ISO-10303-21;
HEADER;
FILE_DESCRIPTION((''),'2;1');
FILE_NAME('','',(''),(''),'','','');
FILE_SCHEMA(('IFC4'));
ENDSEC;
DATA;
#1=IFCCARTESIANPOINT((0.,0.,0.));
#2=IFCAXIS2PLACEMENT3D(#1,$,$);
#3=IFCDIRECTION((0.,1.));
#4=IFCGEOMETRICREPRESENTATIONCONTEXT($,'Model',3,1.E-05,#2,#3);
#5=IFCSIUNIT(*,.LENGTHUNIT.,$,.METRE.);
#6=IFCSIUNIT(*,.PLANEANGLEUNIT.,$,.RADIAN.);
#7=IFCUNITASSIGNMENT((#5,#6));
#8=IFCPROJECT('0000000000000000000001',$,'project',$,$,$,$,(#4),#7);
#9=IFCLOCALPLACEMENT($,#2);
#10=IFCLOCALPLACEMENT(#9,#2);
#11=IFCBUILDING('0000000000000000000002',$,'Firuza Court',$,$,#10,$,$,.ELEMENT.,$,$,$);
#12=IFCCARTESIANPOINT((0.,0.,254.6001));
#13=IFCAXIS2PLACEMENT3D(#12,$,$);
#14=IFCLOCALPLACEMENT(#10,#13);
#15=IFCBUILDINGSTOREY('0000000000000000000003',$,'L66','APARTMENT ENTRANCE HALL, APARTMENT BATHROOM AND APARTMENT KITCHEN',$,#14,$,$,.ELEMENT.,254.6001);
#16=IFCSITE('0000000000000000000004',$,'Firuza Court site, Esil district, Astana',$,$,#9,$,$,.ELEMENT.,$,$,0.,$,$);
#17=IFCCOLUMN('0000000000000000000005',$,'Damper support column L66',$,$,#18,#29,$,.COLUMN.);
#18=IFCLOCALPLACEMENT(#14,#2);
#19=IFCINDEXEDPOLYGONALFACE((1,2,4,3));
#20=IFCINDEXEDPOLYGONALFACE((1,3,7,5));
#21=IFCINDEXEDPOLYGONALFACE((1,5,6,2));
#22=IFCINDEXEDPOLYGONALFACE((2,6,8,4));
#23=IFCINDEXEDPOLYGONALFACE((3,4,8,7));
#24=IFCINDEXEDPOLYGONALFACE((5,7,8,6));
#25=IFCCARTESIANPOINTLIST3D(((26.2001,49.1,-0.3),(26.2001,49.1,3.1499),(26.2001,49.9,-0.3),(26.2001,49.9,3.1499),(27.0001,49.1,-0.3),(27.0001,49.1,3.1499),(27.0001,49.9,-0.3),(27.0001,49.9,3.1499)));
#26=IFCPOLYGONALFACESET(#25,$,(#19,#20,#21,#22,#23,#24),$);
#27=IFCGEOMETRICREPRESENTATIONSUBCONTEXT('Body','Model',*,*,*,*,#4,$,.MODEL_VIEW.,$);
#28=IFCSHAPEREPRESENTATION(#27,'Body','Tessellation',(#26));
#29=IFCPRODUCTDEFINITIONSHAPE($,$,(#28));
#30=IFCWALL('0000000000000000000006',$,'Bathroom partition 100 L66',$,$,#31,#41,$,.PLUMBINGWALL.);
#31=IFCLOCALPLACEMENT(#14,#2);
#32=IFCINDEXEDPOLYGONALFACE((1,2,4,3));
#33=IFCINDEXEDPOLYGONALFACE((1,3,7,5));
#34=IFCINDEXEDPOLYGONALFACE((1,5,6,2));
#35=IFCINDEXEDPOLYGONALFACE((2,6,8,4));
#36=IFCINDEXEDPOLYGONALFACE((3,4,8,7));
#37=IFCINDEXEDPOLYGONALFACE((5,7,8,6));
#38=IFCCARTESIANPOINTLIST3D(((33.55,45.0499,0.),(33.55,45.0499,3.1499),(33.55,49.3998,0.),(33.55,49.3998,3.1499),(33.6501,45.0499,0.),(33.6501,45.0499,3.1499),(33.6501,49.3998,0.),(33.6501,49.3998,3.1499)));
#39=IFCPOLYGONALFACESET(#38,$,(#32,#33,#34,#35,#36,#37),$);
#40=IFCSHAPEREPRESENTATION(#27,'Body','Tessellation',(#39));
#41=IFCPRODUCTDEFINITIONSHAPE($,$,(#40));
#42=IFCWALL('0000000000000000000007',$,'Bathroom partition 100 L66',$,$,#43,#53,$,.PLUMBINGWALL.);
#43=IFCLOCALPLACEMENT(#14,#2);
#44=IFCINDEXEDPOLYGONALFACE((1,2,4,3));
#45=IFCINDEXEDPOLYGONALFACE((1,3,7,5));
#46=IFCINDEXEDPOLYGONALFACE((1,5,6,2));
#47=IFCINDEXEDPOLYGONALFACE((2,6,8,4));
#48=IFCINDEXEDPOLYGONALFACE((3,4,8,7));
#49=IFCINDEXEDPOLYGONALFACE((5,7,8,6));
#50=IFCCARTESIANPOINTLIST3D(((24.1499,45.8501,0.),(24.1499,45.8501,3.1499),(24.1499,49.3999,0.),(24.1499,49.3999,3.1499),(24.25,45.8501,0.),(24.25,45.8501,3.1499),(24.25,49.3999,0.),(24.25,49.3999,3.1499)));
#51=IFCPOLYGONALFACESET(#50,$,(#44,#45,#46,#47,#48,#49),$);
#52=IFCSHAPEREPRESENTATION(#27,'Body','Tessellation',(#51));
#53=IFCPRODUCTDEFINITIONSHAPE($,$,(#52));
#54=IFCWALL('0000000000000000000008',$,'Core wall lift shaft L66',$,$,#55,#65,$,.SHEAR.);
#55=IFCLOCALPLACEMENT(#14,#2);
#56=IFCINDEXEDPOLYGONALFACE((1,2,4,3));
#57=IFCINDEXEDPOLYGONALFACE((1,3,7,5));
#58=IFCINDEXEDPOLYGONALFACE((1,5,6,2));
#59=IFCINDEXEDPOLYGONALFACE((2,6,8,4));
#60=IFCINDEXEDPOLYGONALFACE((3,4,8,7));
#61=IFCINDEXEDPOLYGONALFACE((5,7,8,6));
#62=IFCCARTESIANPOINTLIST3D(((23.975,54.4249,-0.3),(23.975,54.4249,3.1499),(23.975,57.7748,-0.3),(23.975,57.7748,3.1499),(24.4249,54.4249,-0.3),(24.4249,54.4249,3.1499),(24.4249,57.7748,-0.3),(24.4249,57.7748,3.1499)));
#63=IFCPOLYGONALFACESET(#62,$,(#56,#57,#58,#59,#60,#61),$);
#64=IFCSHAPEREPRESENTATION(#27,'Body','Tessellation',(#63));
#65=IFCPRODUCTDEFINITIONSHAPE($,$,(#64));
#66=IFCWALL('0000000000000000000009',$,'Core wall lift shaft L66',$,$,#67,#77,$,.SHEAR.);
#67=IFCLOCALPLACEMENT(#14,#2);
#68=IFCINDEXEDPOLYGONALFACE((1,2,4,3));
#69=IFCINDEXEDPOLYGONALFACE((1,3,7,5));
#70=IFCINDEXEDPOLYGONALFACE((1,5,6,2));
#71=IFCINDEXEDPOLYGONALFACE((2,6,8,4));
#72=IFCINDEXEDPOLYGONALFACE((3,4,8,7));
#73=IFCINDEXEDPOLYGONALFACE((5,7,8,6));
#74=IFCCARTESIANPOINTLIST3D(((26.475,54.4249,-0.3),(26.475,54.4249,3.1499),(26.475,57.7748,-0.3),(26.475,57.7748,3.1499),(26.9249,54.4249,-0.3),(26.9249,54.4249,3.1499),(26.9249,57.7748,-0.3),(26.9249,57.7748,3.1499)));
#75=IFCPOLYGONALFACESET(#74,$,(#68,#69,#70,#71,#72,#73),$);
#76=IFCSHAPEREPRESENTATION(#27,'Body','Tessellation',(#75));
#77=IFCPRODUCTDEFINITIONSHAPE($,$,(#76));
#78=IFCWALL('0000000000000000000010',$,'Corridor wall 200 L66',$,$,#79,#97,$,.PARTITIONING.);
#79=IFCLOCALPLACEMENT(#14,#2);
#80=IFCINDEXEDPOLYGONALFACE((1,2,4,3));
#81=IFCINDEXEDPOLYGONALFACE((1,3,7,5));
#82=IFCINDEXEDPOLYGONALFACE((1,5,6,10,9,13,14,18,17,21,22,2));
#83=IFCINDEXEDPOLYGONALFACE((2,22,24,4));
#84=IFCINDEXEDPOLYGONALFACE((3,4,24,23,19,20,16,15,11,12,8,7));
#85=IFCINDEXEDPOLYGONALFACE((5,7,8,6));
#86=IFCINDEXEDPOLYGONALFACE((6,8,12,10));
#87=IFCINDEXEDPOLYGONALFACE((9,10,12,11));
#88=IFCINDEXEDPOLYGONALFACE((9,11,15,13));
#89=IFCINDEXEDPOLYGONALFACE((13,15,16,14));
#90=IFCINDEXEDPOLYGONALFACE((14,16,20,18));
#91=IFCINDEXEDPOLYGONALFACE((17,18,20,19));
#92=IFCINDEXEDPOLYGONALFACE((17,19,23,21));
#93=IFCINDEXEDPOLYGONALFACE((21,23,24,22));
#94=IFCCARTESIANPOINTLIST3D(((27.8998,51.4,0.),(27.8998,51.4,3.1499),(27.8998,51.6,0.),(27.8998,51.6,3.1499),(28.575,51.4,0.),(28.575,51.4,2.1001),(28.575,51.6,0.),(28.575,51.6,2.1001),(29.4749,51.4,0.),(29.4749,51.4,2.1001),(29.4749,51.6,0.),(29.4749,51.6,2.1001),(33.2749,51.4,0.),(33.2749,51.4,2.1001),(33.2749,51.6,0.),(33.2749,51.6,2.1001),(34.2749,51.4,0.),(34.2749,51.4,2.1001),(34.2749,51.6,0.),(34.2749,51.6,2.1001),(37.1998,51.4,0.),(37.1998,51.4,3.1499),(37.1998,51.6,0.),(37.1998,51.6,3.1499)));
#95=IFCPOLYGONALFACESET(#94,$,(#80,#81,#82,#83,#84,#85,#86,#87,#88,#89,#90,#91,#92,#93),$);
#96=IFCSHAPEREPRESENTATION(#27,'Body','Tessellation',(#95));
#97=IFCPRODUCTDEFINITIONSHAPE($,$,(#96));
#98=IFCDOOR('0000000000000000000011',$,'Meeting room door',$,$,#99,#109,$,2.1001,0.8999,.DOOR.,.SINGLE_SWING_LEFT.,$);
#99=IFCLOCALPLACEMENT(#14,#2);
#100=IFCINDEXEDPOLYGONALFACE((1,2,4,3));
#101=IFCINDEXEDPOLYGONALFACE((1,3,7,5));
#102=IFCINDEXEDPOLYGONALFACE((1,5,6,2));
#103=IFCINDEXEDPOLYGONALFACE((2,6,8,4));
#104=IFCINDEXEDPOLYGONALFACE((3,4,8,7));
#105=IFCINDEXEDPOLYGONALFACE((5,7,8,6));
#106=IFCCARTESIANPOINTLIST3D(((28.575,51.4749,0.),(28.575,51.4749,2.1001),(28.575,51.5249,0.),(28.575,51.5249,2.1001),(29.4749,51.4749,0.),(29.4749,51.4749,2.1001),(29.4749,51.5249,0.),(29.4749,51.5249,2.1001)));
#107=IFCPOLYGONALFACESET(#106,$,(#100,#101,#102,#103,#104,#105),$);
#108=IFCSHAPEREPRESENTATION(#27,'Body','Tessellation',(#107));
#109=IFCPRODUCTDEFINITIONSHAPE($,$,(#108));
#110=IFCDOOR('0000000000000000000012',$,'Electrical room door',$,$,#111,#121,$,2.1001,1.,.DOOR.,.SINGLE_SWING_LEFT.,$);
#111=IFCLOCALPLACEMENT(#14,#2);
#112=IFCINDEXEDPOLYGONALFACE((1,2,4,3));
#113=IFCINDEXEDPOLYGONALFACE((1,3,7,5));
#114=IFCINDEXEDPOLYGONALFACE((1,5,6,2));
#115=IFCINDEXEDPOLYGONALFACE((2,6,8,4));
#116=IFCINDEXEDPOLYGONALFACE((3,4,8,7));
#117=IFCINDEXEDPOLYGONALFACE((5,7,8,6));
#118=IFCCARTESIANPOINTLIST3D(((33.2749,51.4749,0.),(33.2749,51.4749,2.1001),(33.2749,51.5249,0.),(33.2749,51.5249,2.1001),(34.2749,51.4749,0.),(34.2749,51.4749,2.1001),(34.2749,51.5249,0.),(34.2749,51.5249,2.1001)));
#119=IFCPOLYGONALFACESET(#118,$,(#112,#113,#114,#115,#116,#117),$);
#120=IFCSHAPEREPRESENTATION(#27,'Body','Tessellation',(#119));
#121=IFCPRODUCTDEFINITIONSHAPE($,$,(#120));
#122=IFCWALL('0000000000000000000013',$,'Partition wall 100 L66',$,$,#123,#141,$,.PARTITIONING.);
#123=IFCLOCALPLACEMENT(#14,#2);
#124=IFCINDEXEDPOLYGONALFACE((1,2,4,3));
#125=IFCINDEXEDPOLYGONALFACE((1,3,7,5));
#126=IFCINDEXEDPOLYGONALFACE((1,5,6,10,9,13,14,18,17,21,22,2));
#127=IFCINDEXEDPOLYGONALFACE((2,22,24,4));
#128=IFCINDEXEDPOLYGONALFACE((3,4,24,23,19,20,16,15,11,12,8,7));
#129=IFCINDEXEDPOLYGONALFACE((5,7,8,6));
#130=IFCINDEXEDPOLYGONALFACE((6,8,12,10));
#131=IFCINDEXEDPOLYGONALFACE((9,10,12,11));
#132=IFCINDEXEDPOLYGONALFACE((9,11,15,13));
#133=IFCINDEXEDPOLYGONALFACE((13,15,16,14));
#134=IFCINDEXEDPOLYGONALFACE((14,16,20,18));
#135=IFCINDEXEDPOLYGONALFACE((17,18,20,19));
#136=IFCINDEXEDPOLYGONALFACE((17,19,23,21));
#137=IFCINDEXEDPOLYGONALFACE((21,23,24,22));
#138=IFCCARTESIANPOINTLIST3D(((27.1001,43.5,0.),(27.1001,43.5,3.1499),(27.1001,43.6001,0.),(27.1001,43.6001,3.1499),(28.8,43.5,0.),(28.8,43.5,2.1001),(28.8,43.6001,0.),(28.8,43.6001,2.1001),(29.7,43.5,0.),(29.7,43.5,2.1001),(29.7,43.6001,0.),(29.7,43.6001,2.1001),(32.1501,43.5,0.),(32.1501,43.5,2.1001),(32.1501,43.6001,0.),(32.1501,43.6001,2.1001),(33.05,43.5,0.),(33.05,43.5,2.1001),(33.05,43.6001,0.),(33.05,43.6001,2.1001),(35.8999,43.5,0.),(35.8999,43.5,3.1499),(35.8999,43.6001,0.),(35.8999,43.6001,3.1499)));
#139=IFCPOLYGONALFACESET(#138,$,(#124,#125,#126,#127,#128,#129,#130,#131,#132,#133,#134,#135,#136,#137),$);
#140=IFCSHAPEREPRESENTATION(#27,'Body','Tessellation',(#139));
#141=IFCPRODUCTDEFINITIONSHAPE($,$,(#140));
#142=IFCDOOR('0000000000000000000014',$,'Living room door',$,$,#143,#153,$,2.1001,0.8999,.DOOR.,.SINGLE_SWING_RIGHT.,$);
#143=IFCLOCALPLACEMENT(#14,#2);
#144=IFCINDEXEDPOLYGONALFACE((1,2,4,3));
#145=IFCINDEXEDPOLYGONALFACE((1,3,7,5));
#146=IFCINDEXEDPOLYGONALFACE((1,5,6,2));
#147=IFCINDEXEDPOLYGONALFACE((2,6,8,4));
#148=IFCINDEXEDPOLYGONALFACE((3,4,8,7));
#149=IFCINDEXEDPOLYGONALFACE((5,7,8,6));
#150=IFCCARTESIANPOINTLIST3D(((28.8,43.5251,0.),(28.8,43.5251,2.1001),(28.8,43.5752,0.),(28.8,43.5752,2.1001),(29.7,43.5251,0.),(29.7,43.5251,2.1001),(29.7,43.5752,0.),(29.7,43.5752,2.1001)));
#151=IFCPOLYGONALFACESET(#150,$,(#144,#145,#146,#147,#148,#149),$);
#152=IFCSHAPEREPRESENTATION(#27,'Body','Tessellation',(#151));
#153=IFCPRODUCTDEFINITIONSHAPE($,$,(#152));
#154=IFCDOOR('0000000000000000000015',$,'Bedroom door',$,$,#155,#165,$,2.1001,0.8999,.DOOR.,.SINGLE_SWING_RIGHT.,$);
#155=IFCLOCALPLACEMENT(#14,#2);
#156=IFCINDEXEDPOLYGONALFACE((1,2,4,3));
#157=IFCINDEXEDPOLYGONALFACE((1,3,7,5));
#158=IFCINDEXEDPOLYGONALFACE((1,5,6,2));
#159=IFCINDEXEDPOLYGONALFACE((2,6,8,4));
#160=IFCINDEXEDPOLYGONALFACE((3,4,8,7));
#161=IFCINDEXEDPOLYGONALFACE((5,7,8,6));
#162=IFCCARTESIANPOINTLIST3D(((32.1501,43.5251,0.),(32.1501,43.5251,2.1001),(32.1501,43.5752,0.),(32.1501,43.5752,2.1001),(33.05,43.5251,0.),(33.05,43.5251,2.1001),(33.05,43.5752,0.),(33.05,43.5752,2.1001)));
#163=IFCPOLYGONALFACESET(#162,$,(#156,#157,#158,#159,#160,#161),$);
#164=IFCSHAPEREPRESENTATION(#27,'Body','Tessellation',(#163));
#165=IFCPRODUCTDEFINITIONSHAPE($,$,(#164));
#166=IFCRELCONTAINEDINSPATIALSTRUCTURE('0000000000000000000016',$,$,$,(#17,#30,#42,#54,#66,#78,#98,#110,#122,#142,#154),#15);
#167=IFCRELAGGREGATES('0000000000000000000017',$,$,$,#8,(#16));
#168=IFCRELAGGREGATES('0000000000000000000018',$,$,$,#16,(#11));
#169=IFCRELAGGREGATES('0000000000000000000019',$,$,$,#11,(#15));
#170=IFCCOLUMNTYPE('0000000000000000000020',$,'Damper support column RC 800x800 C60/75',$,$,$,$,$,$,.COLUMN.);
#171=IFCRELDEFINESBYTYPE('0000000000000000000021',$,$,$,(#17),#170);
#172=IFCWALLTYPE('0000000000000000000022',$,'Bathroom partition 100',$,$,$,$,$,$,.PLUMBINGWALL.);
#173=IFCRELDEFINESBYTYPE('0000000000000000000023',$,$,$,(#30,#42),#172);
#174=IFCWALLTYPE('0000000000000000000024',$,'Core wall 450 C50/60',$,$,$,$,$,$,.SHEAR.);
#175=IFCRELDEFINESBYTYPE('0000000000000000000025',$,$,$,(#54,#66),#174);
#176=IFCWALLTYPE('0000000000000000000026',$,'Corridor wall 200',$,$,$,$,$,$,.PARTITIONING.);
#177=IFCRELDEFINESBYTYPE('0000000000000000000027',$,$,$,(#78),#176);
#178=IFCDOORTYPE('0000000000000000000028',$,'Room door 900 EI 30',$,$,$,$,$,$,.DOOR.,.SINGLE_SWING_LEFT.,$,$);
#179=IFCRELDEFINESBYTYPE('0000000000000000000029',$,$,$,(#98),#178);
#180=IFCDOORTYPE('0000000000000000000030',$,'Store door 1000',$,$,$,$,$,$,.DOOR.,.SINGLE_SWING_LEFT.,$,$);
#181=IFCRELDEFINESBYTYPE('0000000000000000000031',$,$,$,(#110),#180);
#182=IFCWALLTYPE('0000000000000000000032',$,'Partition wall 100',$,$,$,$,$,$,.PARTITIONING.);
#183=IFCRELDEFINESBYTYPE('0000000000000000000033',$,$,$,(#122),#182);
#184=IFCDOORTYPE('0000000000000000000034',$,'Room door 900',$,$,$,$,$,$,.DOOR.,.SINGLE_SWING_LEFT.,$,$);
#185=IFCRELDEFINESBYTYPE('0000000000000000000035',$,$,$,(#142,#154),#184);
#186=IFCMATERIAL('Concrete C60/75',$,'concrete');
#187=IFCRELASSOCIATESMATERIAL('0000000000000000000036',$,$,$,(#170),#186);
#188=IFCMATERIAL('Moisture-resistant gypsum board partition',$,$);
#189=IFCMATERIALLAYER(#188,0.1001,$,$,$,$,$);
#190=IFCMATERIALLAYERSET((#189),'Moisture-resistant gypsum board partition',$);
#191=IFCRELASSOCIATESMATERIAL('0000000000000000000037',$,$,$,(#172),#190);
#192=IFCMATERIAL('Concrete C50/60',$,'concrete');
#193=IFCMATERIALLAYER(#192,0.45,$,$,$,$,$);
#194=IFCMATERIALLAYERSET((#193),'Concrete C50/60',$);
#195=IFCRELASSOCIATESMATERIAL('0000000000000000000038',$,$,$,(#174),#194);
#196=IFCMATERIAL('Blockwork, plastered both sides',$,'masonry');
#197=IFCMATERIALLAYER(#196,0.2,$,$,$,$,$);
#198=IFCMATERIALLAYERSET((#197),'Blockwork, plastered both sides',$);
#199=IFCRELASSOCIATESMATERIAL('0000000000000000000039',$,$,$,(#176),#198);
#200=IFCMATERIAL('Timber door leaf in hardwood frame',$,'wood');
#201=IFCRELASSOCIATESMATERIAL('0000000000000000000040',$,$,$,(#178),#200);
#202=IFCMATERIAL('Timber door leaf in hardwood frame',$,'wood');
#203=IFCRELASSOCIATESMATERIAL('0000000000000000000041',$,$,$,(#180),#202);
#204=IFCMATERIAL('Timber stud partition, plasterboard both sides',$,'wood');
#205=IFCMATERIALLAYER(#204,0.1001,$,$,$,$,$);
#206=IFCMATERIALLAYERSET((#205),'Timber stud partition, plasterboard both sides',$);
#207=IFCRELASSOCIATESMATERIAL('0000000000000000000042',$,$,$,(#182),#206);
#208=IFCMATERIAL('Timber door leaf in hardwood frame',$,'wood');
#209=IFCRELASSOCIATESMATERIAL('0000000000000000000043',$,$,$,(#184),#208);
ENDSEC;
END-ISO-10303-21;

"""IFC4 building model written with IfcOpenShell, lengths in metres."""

from ifc_helpers import new_model, si_unit, direction, frame, frame_2d, origin, origin_2d, place, context, subcontext, project, spatial, rectangle, extrude, material, layer, layer_set, material_profile, profile_set, type_object, element, fill, save


model = new_model("IFC4")

# Units and contexts
model_context = context("Model", 3, precision=1e-05, world=origin(), true_north=direction((0.0, 1.0)))
body_context = subcontext(model_context, "Body", "Model", "MODEL_VIEW")
ifc_project = project(units=[si_unit("LENGTHUNIT", "METRE"), si_unit("PLANEANGLEUNIT", "RADIAN")], contexts=[model_context])

# Site, building, storey
site_placement = place(None, origin())
site = spatial("IfcSite", under=ifc_project, at=site_placement, Name="Firuza Court site, Esil district, Astana", CompositionType="ELEMENT", RefElevation=0.0)
building_placement = place(site_placement, origin())
building = spatial("IfcBuilding", under=site, at=building_placement, Name="Firuza Court", CompositionType="ELEMENT")
storey_placement = place(building_placement, frame((0.0, 0.0, 254.6001)))
storey = spatial("IfcBuildingStorey", under=building, at=storey_placement, Name="L66", Description="APARTMENT ENTRANCE HALL, APARTMENT BATHROOM AND APARTMENT KITCHEN", CompositionType="ELEMENT", Elevation=254.6001)

# Column
ifc_material_1 = material(Name="Concrete C60/75", Category="concrete")
ifc_material_profile = material_profile(ifc_material_1, rectangle(XDim=0.8, YDim=0.8, at=origin_2d()), Name="RC 800x800")
ifc_profile_set = profile_set([ifc_material_profile], Name="Concrete C60/75")
column_type = type_object("IfcColumnType", Name="Damper support column RC 800x800 C60/75", PredefinedType="COLUMN", material=ifc_profile_set)
column_placement = place(storey_placement, frame((26.6001, 49.5, -0.3), z_axis=(0.0, 0.0, 1.0), x_axis=(1.0, 0.0, 0.0)))
element("IfcColumn", 1, at=column_placement, inside=storey, type_object=column_type, Name="Damper support column L66", PredefinedType="COLUMN", context=body_context, shape_type="SweptSolid", body=[
    extrude(rectangle(XDim=0.8, YDim=0.8, at=origin_2d()), origin(), (0.0, 0.0, 1.0), 3.45),
])

# Walls
ifc_material_2 = material(Name="Moisture-resistant gypsum board partition")
ifc_layer_1 = layer(ifc_material_2, 0.1001)
ifc_layer_set_1 = layer_set([ifc_layer_1], Name="Moisture-resistant gypsum board partition")
wall_type_1 = type_object("IfcWallType", Name="Bathroom partition 100", PredefinedType="PLUMBINGWALL", material=ifc_layer_set_1)
wall_1_placement = place(storey_placement, frame((33.6001, 45.05, 0.0), z_axis=(0.0, 0.0, 1.0), x_axis=(0.0, 1.0, 0.0)))
element("IfcWall", 2, at=wall_1_placement, inside=storey, type_object=wall_type_1, Name="Bathroom partition 100 L66", PredefinedType="PLUMBINGWALL", context=body_context, shape_type="SweptSolid", body=[
    extrude(rectangle(XDim=4.3499, YDim=0.1001, at=frame_2d((2.1748, 0.0))), origin(), (0.0, 0.0, 1.0), 3.1499),
])
wall_2_placement = place(storey_placement, frame((24.2, 45.8501, 0.0), z_axis=(0.0, 0.0, 1.0), x_axis=(0.0, 1.0, 0.0)))
element("IfcWall", 3, at=wall_2_placement, inside=storey, type_object=wall_type_1, Name="Bathroom partition 100 L66", PredefinedType="PLUMBINGWALL", context=body_context, shape_type="SweptSolid", body=[
    extrude(rectangle(XDim=3.5498, YDim=0.1001, at=frame_2d((1.7749, 0.0))), origin(), (0.0, 0.0, 1.0), 3.1499),
])
ifc_material_3 = material(Name="Concrete C50/60", Category="concrete")
ifc_layer_2 = layer(ifc_material_3, 0.45)
ifc_layer_set_2 = layer_set([ifc_layer_2], Name="Concrete C50/60")
wall_type_2 = type_object("IfcWallType", Name="Core wall 450 C50/60", PredefinedType="SHEAR", material=ifc_layer_set_2)
for number, where, z_axis, x_axis, name in (
    (4, (24.2, 54.425, -0.3), (0.0, 0.0, 1.0), (0.0, 1.0, 0.0), "Core wall lift shaft L66"),
    (5, (26.7, 54.425, -0.3), (0.0, 0.0, 1.0), (0.0, 1.0, 0.0), "Core wall lift shaft L66"),
):
    element("IfcWall", number, at=place(storey_placement, frame(where, z_axis=z_axis, x_axis=x_axis)), inside=storey, type_object=wall_type_2, Name=name, PredefinedType="SHEAR", context=body_context, shape_type="SweptSolid", body=[
        extrude(rectangle(XDim=3.3499, YDim=0.45, at=frame_2d((1.6748, 0.0))), origin(), (0.0, 0.0, 1.0), 3.45),
    ])

# Walls, openings, doors
ifc_material_4 = material(Name="Blockwork, plastered both sides", Category="masonry")
ifc_layer_3 = layer(ifc_material_4, 0.2)
ifc_layer_set_3 = layer_set([ifc_layer_3], Name="Blockwork, plastered both sides")
wall_type_3 = type_object("IfcWallType", Name="Corridor wall 200", PredefinedType="PARTITIONING", material=ifc_layer_set_3)
wall_3_placement = place(storey_placement, frame((27.8999, 51.5, 0.0), z_axis=(0.0, 0.0, 1.0), x_axis=(1.0, 0.0, 0.0)))
wall_3 = element("IfcWall", 6, at=wall_3_placement, inside=storey, type_object=wall_type_3, Name="Corridor wall 200 L66", PredefinedType="PARTITIONING", context=body_context, shape_type="SweptSolid", body=[
    extrude(rectangle(XDim=9.3, YDim=0.2, at=frame_2d((4.6499, 0.0))), origin(), (0.0, 0.0, 1.0), 3.1499),
])
opening_1_placement = place(wall_3_placement, frame((0.675, 0.0, 0.0)))
opening_1 = element("IfcOpeningElement", 7, at=opening_1_placement, cuts=wall_3, PredefinedType="OPENING", context=body_context, shape_type="SweptSolid", body=[
    extrude(rectangle(XDim=0.8999, YDim=2.1001, at=frame_2d((0.45, 1.05))), frame((0.0, 0.1118, 0.0), z_axis=(0.0, -1.0, 0.0), x_axis=(1.0, 0.0, 0.0)), (0.0, 0.0, 1.0), 0.2239),
])
opening_2_placement = place(wall_3_placement, frame((5.375, 0.0, 0.0)))
opening_2 = element("IfcOpeningElement", 8, at=opening_2_placement, cuts=wall_3, PredefinedType="OPENING", context=body_context, shape_type="SweptSolid", body=[
    extrude(rectangle(XDim=1.0, YDim=2.1001, at=frame_2d((0.5, 1.05))), frame((0.0, 0.1118, 0.0), z_axis=(0.0, -1.0, 0.0), x_axis=(1.0, 0.0, 0.0)), (0.0, 0.0, 1.0), 0.2239),
])
ifc_material_5 = material(Name="Timber door leaf in hardwood frame", Category="wood")
door_type_1 = type_object("IfcDoorType", Name="Room door 900 EI 30", OperationType="SINGLE_SWING_LEFT", PredefinedType="DOOR", material=ifc_material_5)
door_1_placement = place(opening_1_placement, origin())
door_1 = element("IfcDoor", 9, at=door_1_placement, inside=storey, type_object=door_type_1, Name="Meeting room door", OperationType="SINGLE_SWING_LEFT", OverallHeight=2.1001, OverallWidth=0.8999, PredefinedType="DOOR", context=body_context, shape_type="SweptSolid", body=[
    extrude(rectangle(XDim=0.8999, YDim=2.1001, at=frame_2d((0.45, 1.05))), frame((0.0, 0.0249, 0.0), z_axis=(0.0, -1.0, 0.0), x_axis=(1.0, 0.0, 0.0)), (0.0, 0.0, 1.0), 0.05),
])
fill(opening_1, door_1)
ifc_material_6 = material(Name="Timber door leaf in hardwood frame", Category="wood")
door_type_2 = type_object("IfcDoorType", Name="Store door 1000", OperationType="SINGLE_SWING_LEFT", PredefinedType="DOOR", material=ifc_material_6)
door_2_placement = place(opening_2_placement, origin())
door_2 = element("IfcDoor", 10, at=door_2_placement, inside=storey, type_object=door_type_2, Name="Electrical room door", OperationType="SINGLE_SWING_LEFT", OverallHeight=2.1001, OverallWidth=1.0, PredefinedType="DOOR", context=body_context, shape_type="SweptSolid", body=[
    extrude(rectangle(XDim=1.0, YDim=2.1001, at=frame_2d((0.5, 1.05))), frame((0.0, 0.0249, 0.0), z_axis=(0.0, -1.0, 0.0), x_axis=(1.0, 0.0, 0.0)), (0.0, 0.0, 1.0), 0.05),
])
fill(opening_2, door_2)
ifc_material_7 = material(Name="Timber stud partition, plasterboard both sides", Category="wood")
ifc_layer_4 = layer(ifc_material_7, 0.1001)
ifc_layer_set_4 = layer_set([ifc_layer_4], Name="Timber stud partition, plasterboard both sides")
wall_type_4 = type_object("IfcWallType", Name="Partition wall 100", PredefinedType="PARTITIONING", material=ifc_layer_set_4)
wall_4_placement = place(storey_placement, frame((27.1001, 43.55, 0.0), z_axis=(0.0, 0.0, 1.0), x_axis=(1.0, 0.0, 0.0)))
wall_4 = element("IfcWall", 11, at=wall_4_placement, inside=storey, type_object=wall_type_4, Name="Partition wall 100 L66", PredefinedType="PARTITIONING", context=body_context, shape_type="SweptSolid", body=[
    extrude(rectangle(XDim=8.7998, YDim=0.1001, at=frame_2d((4.3999, 0.0))), origin(), (0.0, 0.0, 1.0), 3.1499),
])
opening_3_placement = place(wall_4_placement, frame((1.7, 0.0, 0.0)))
opening_3 = element("IfcOpeningElement", 12, at=opening_3_placement, cuts=wall_4, PredefinedType="OPENING", context=body_context, shape_type="SweptSolid", body=[
    extrude(rectangle(XDim=0.8999, YDim=2.1001, at=frame_2d((0.45, 1.05))), frame((0.0, 0.062, 0.0), z_axis=(0.0, -1.0, 0.0), x_axis=(1.0, 0.0, 0.0)), (0.0, 0.0, 1.0), 0.124),
])
opening_4_placement = place(wall_4_placement, frame((5.05, 0.0, 0.0)))
opening_4 = element("IfcOpeningElement", 13, at=opening_4_placement, cuts=wall_4, PredefinedType="OPENING", context=body_context, shape_type="SweptSolid", body=[
    extrude(rectangle(XDim=0.8999, YDim=2.1001, at=frame_2d((0.45, 1.05))), frame((0.0, 0.062, 0.0), z_axis=(0.0, -1.0, 0.0), x_axis=(1.0, 0.0, 0.0)), (0.0, 0.0, 1.0), 0.124),
])
ifc_material_8 = material(Name="Timber door leaf in hardwood frame", Category="wood")
door_type_3 = type_object("IfcDoorType", Name="Room door 900", OperationType="SINGLE_SWING_LEFT", PredefinedType="DOOR", material=ifc_material_8)
door_3_placement = place(opening_3_placement, frame((0.8999, 0.0, 0.0), z_axis=(0.0, 0.0, 1.0), x_axis=(-1.0, 0.0, 0.0)))
door_3 = element("IfcDoor", 14, at=door_3_placement, inside=storey, type_object=door_type_3, Name="Living room door", OperationType="SINGLE_SWING_RIGHT", OverallHeight=2.1001, OverallWidth=0.8999, PredefinedType="DOOR", context=body_context, shape_type="SweptSolid", body=[
    extrude(rectangle(XDim=0.8999, YDim=2.1001, at=frame_2d((0.45, 1.05))), frame((0.0, 0.0249, 0.0), z_axis=(0.0, -1.0, 0.0), x_axis=(1.0, 0.0, 0.0)), (0.0, 0.0, 1.0), 0.05),
])
fill(opening_3, door_3)
door_4_placement = place(opening_4_placement, frame((0.8999, 0.0, 0.0), z_axis=(0.0, 0.0, 1.0), x_axis=(-1.0, 0.0, 0.0)))
door_4 = element("IfcDoor", 15, at=door_4_placement, inside=storey, type_object=door_type_3, Name="Bedroom door", OperationType="SINGLE_SWING_RIGHT", OverallHeight=2.1001, OverallWidth=0.8999, PredefinedType="DOOR", context=body_context, shape_type="SweptSolid", body=[
    extrude(rectangle(XDim=0.8999, YDim=2.1001, at=frame_2d((0.45, 1.05))), frame((0.0, 0.0249, 0.0), z_axis=(0.0, -1.0, 0.0), x_axis=(1.0, 0.0, 0.0)), (0.0, 0.0, 1.0), 0.05),
])
fill(opening_4, door_4)

save(model, "model.ifc")
